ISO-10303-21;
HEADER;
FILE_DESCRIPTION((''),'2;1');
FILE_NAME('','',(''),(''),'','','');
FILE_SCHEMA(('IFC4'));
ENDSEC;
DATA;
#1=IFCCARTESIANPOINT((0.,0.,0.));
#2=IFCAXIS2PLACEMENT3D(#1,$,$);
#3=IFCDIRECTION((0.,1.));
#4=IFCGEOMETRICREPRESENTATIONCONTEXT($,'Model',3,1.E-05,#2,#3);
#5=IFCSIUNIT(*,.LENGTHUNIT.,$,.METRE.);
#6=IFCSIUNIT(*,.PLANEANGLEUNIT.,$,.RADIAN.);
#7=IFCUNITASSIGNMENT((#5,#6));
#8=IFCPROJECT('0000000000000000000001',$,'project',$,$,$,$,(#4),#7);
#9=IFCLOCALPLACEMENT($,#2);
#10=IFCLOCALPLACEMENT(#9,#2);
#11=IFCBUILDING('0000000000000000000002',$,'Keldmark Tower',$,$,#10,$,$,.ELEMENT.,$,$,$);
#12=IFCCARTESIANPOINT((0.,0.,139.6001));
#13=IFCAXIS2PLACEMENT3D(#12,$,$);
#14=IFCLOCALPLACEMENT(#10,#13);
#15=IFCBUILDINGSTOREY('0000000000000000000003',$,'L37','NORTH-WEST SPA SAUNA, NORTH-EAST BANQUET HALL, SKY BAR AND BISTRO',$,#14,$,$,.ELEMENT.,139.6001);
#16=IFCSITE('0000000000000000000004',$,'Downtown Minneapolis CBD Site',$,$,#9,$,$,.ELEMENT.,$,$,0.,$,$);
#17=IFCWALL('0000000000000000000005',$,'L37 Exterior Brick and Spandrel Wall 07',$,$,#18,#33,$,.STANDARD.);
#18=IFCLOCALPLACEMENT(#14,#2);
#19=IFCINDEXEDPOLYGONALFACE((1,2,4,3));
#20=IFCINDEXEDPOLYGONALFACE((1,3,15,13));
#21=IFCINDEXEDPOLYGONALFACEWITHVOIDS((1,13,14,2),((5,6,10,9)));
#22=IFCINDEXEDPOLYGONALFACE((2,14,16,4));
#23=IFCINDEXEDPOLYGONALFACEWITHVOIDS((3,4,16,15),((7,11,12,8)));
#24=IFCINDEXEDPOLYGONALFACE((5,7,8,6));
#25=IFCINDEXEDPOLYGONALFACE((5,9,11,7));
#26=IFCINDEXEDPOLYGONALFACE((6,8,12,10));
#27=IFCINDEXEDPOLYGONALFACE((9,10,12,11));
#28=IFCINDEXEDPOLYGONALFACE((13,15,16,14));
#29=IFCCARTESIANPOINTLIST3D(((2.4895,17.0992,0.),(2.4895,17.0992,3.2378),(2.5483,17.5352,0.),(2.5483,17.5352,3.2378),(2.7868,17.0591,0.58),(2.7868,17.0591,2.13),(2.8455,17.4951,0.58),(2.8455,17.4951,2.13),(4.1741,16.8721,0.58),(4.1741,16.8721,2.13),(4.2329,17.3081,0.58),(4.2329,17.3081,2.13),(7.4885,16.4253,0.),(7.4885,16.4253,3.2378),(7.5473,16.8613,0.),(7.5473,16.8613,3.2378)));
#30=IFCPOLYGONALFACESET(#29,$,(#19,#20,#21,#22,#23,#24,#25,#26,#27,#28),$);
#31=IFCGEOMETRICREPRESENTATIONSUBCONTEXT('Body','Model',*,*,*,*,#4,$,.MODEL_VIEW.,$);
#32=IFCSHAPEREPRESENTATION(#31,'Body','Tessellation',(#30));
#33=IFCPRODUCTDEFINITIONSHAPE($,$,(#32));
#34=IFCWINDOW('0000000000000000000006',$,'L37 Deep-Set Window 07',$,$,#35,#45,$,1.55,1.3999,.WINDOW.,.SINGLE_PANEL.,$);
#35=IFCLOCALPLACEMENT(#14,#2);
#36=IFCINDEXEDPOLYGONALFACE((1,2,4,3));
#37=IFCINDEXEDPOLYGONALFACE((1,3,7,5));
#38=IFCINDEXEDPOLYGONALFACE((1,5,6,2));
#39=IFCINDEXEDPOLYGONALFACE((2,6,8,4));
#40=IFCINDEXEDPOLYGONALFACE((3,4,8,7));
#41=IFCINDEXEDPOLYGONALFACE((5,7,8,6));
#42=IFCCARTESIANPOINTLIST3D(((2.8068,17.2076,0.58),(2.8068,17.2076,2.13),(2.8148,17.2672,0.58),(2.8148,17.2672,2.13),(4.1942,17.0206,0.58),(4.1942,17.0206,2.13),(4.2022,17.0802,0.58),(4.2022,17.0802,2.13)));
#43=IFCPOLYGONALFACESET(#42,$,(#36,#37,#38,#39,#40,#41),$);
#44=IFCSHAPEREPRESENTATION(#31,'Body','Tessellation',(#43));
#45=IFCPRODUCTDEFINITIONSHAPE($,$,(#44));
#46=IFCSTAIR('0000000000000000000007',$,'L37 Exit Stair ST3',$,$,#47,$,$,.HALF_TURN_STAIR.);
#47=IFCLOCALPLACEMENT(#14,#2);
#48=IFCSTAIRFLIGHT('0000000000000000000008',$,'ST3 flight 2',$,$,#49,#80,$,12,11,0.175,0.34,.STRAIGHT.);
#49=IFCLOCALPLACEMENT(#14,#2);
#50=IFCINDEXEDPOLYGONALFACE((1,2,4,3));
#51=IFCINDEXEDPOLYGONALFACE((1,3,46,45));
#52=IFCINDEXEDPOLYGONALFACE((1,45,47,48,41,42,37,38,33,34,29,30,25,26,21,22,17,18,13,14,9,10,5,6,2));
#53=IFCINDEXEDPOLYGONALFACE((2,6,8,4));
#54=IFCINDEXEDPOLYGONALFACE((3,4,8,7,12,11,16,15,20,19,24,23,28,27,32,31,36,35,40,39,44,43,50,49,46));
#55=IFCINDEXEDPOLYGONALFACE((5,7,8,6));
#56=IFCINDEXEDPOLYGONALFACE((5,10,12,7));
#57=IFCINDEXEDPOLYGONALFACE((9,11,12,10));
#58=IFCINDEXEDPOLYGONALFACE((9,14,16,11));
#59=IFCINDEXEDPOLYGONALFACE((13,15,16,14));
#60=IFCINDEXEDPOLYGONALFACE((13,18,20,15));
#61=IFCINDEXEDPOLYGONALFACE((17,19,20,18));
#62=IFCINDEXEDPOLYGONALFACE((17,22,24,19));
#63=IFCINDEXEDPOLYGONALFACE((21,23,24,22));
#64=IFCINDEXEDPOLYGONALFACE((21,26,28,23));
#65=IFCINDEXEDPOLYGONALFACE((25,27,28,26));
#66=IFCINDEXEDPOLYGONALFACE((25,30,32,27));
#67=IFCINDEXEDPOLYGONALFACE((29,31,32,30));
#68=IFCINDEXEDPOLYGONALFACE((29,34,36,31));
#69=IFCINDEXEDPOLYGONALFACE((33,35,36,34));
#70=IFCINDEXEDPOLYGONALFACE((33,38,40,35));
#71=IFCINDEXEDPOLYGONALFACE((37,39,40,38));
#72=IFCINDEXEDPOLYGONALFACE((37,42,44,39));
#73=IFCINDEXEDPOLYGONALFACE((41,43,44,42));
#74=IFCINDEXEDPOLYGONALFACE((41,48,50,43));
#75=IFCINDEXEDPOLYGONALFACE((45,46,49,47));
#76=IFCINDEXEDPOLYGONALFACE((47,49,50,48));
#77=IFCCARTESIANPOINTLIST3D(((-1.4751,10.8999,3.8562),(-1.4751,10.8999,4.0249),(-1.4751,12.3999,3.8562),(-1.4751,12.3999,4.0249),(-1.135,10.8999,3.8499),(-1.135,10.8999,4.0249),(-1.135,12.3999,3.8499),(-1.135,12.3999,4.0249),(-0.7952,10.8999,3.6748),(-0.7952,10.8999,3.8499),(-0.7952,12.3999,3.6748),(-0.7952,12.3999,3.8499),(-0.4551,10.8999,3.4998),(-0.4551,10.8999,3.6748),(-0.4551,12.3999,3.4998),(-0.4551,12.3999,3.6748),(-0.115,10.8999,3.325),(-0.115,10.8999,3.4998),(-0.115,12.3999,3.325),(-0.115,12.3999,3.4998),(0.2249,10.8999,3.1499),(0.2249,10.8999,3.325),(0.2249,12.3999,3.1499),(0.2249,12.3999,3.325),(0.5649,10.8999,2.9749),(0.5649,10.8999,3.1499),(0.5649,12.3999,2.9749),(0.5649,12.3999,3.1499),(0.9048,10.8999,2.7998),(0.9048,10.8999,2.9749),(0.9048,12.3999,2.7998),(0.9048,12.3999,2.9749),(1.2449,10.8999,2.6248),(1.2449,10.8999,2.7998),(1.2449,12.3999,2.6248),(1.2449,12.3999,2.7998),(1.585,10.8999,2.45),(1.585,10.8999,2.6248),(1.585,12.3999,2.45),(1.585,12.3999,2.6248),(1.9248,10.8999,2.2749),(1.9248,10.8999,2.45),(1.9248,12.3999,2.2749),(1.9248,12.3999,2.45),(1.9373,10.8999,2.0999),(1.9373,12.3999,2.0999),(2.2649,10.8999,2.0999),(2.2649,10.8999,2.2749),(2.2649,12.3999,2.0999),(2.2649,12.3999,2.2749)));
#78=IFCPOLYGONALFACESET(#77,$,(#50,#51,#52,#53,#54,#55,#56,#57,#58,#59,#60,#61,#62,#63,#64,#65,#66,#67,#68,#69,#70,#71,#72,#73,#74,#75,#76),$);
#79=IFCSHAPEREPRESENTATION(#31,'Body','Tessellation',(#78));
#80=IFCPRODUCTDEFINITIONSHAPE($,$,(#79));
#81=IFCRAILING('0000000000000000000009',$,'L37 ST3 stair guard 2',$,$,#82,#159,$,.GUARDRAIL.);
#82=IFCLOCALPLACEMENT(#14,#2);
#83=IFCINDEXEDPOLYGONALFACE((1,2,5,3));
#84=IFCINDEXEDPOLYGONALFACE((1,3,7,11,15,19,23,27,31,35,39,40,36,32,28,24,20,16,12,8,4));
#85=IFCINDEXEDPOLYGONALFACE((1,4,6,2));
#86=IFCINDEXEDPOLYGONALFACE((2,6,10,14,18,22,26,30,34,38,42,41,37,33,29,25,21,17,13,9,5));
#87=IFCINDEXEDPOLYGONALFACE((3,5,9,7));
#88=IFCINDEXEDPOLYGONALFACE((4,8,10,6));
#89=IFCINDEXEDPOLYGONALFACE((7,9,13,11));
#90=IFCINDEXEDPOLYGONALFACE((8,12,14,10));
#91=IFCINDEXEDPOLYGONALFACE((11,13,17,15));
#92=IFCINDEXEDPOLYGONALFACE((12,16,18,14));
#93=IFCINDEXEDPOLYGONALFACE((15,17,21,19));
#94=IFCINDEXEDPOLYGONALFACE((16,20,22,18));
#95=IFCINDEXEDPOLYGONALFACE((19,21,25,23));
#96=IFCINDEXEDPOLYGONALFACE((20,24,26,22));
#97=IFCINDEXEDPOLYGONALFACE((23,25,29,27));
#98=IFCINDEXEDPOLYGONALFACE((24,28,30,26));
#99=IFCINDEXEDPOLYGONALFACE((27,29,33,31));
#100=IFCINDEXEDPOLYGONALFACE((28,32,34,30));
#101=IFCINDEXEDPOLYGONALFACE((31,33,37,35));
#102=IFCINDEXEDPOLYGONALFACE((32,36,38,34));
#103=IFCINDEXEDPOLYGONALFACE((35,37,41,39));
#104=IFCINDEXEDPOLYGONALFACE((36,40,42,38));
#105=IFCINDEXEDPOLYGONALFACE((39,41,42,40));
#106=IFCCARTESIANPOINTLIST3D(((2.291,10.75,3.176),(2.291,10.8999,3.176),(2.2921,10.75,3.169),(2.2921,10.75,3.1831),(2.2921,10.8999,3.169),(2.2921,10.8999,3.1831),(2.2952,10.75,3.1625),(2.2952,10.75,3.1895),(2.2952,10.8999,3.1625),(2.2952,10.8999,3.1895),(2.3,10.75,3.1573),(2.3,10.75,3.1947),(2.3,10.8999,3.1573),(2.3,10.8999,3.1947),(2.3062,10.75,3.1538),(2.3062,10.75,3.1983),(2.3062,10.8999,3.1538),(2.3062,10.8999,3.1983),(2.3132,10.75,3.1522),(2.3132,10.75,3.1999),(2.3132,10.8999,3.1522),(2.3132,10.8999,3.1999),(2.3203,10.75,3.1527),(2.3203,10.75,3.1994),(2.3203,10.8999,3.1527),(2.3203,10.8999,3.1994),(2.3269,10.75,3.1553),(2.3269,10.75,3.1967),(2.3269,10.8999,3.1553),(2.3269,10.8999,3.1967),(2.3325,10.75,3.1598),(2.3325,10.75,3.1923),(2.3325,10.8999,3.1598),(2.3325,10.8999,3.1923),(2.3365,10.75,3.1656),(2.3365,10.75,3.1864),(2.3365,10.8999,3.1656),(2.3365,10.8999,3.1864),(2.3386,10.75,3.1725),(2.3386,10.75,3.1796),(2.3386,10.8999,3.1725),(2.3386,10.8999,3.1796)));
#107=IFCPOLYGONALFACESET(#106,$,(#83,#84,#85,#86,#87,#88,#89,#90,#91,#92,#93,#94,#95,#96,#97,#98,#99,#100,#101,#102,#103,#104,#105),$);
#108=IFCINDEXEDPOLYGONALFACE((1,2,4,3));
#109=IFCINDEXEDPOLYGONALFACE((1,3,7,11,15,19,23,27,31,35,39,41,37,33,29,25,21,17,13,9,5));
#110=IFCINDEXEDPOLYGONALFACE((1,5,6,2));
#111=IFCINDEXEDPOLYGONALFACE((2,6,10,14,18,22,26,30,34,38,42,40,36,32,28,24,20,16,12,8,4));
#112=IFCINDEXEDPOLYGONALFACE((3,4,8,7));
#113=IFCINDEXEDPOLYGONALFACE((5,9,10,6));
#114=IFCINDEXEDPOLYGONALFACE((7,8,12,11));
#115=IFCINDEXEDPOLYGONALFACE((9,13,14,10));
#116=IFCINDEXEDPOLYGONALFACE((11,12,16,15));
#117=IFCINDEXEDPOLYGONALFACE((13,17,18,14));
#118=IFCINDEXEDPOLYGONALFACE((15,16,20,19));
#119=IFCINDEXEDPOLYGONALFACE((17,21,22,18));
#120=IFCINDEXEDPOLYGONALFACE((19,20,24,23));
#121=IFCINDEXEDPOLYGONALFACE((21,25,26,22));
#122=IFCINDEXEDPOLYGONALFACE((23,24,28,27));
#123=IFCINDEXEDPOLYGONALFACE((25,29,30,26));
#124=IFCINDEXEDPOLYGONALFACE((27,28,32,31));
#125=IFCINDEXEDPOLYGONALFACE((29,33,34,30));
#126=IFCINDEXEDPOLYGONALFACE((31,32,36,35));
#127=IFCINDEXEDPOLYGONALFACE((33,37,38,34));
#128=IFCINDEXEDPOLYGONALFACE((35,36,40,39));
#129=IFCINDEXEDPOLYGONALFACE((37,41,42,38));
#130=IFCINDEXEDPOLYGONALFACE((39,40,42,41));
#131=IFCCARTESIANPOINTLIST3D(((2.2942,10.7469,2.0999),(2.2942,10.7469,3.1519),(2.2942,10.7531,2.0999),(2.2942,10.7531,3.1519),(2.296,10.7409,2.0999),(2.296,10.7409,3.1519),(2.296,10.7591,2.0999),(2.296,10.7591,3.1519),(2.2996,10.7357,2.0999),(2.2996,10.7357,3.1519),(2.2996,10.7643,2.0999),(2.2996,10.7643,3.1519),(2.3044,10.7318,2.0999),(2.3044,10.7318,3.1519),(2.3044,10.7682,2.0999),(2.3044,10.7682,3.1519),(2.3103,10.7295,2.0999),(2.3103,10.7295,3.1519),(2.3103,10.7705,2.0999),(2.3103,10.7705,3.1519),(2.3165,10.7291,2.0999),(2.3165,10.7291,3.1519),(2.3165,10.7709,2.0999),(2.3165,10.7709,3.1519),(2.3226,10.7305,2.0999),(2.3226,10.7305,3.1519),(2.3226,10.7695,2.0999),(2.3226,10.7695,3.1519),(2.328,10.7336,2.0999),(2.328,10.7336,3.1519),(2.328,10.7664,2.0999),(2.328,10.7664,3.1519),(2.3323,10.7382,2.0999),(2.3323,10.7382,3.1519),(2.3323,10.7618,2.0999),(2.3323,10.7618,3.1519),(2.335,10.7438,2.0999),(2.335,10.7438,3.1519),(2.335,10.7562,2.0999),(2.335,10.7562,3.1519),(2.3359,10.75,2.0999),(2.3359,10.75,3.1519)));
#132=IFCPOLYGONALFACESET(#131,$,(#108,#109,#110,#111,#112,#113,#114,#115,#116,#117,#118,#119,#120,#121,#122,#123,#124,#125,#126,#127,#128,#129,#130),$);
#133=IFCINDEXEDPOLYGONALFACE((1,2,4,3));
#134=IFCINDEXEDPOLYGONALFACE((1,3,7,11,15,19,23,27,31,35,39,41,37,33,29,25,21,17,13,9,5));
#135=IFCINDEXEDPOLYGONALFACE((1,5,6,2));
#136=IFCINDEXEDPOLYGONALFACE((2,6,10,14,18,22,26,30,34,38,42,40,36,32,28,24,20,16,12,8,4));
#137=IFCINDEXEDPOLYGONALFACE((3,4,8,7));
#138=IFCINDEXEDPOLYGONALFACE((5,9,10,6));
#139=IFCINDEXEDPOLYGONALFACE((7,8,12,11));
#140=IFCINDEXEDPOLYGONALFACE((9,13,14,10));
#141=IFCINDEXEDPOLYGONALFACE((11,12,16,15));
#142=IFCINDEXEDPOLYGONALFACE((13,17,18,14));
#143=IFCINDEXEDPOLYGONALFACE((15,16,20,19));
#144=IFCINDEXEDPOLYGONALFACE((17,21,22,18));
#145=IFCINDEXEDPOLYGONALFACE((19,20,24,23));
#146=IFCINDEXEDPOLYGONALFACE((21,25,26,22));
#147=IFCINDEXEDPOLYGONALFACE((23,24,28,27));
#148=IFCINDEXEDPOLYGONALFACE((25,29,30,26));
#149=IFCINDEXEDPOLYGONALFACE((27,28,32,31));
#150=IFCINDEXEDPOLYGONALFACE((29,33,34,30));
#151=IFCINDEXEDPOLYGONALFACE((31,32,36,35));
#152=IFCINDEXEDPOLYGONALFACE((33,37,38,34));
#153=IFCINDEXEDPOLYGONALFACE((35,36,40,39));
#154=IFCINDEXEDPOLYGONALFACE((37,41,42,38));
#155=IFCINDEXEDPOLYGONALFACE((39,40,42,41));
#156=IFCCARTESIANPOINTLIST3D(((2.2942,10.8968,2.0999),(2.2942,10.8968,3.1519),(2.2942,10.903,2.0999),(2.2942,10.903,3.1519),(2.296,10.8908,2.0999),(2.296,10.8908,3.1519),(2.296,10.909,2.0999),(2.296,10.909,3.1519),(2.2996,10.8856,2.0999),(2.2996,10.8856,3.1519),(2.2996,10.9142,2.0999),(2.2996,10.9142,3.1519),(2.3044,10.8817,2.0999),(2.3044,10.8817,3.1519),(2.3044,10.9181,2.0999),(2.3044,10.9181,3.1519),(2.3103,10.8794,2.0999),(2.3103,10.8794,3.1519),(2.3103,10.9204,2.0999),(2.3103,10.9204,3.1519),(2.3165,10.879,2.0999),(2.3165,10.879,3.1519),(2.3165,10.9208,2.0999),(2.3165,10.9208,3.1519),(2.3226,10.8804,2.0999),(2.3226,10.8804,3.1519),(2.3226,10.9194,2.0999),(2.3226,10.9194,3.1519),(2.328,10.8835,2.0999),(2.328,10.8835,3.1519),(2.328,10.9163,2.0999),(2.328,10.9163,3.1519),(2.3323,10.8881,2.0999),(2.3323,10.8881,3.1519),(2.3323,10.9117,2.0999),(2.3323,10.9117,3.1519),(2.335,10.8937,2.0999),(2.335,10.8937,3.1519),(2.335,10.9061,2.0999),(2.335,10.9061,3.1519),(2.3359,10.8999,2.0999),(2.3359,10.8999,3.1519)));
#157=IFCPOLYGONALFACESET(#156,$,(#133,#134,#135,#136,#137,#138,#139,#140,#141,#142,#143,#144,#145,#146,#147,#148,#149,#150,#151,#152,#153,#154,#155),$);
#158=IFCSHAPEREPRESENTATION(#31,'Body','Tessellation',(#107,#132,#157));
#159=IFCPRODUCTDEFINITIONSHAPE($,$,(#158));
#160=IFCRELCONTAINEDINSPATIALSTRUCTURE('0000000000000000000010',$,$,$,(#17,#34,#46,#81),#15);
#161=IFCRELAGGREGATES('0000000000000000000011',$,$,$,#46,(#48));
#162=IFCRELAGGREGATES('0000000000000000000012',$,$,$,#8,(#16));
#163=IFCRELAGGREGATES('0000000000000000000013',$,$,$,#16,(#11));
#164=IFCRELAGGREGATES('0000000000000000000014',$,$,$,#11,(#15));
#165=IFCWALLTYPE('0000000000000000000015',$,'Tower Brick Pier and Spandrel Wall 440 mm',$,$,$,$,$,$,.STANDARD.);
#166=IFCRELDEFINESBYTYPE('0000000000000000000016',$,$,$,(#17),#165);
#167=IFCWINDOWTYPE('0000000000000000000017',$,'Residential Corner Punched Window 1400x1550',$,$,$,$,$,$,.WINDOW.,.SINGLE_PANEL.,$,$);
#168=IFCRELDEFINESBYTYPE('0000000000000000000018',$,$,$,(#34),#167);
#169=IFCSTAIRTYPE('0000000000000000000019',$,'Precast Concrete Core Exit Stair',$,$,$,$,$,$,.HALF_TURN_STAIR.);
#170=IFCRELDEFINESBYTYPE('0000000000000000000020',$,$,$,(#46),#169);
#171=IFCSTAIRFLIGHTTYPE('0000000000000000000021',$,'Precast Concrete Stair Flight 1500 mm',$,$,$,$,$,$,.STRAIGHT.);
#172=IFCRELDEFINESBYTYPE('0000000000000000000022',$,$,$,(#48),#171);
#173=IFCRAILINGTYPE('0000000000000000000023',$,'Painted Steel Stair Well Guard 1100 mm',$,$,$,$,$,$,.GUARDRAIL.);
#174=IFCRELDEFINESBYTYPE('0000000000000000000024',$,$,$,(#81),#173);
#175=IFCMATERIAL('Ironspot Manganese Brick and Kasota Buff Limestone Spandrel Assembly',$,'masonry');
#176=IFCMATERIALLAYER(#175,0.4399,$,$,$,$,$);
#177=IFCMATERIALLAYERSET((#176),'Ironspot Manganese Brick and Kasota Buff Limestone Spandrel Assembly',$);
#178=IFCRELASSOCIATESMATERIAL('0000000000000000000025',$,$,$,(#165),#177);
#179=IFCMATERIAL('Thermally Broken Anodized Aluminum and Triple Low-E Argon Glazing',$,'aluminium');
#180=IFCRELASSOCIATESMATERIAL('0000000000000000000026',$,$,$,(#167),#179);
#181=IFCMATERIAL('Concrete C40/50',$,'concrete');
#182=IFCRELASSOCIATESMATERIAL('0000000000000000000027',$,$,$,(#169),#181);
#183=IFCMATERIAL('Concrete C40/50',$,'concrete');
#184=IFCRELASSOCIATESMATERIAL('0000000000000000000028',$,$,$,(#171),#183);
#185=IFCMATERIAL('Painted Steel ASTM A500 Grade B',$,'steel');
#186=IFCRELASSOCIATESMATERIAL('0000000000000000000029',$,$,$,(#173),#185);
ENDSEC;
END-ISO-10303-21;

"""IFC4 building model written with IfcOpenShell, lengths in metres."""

from ifc_helpers import new_model, si_unit, direction, frame, frame_2d, origin, origin_2d, place, context, subcontext, project, spatial, polyline, rectangle, circle, outline, extrude, material, layer, layer_set, type_object, element, fill, aggregate, save


model = new_model("IFC4")

# Units and contexts
model_context = context("Model", 3, precision=1e-05, world=origin(), true_north=direction((0.0, 1.0)))
body_context = subcontext(model_context, "Body", "Model", "MODEL_VIEW")
ifc_project = project(units=[si_unit("LENGTHUNIT", "METRE"), si_unit("PLANEANGLEUNIT", "RADIAN")], contexts=[model_context])

# Site, building, storey
site_placement = place(None, origin())
site = spatial("IfcSite", under=ifc_project, at=site_placement, Name="Downtown Minneapolis CBD Site", CompositionType="ELEMENT", RefElevation=0.0)
building_placement = place(site_placement, origin())
building = spatial("IfcBuilding", under=site, at=building_placement, Name="Keldmark Tower", CompositionType="ELEMENT")
storey_placement = place(building_placement, frame((0.0, 0.0, 139.6001)))
storey = spatial("IfcBuildingStorey", under=building, at=storey_placement, Name="L37", Description="NORTH-WEST SPA SAUNA, NORTH-EAST BANQUET HALL, SKY BAR AND BISTRO", CompositionType="ELEMENT", Elevation=139.6001)

# Wall, opening, window
ifc_material_1 = material(Name="Ironspot Manganese Brick and Kasota Buff Limestone Spandrel Assembly", Category="masonry")
ifc_layer_1 = layer(ifc_material_1, 0.4399)
ifc_layer_set_1 = layer_set([ifc_layer_1], Name="Ironspot Manganese Brick and Kasota Buff Limestone Spandrel Assembly")
wall_type_1 = type_object("IfcWallType", Name="Tower Brick Pier and Spandrel Wall 440 mm", PredefinedType="STANDARD", material=ifc_layer_set_1)
wall_1_placement = place(storey_placement, frame((2.519, 17.3171, 0.0), z_axis=(0.0, 0.0, 1.0), x_axis=(0.991038, -0.133584, 0.0)))
wall_1 = element("IfcWall", 1, at=wall_1_placement, inside=storey, type_object=wall_type_1, Name="L37 Exterior Brick and Spandrel Wall 07", PredefinedType="STANDARD", context=body_context, shape_type="SweptSolid", body=[
    extrude(rectangle(XDim=5.0442, YDim=0.4399, at=frame_2d((2.522, 0.0))), origin(), (0.0, 0.0, 1.0), 3.2378),
])
opening_placement = place(wall_1_placement, frame((0.2998, 0.0, 0.5801)))
opening = element("IfcOpeningElement", 2, at=opening_placement, cuts=wall_1, PredefinedType="OPENING", context=body_context, shape_type="SweptSolid", body=[
    extrude(rectangle(XDim=1.3999, YDim=1.55, at=frame_2d((0.7, 0.7749))), frame((0.0, 0.23, 0.0), z_axis=(0.0, -1.0, 0.0), x_axis=(1.0, 0.0, 0.0)), (0.0, 0.0, 1.0), 0.46),
])
ifc_material_2 = material(Name="Thermally Broken Anodized Aluminum and Triple Low-E Argon Glazing", Category="aluminium")
window_type = type_object("IfcWindowType", Name="Residential Corner Punched Window 1400x1550", PartitioningType="SINGLE_PANEL", PredefinedType="WINDOW", material=ifc_material_2)
window_placement = place(opening_placement, origin())
window = element("IfcWindow", 3, at=window_placement, inside=storey, type_object=window_type, Name="L37 Deep-Set Window 07", OverallHeight=1.55, OverallWidth=1.3999, PartitioningType="SINGLE_PANEL", PredefinedType="WINDOW", context=body_context, shape_type="SweptSolid", body=[
    extrude(rectangle(XDim=1.3999, YDim=1.55, at=frame_2d((0.7, 0.7749))), frame((0.0, -0.01, 0.0), z_axis=(0.0, -1.0, 0.0), x_axis=(1.0, 0.0, 0.0)), (0.0, 0.0, 1.0), 0.0601),
])
fill(opening, window)

# Stair, stair flight
ifc_material_3 = material(Name="Concrete C40/50", Category="concrete")
stair_type = type_object("IfcStairType", Name="Precast Concrete Core Exit Stair", PredefinedType="HALF_TURN_STAIR", material=ifc_material_3)
stair_placement = place(storey_placement, origin())
stair = element("IfcStair", 4, at=stair_placement, inside=storey, type_object=stair_type, Name="L37 Exit Stair ST3", PredefinedType="HALF_TURN_STAIR")
ifc_material_4 = material(Name="Concrete C40/50", Category="concrete")
stair_flight_type = type_object("IfcStairFlightType", Name="Precast Concrete Stair Flight 1500 mm", PredefinedType="STRAIGHT", material=ifc_material_4)
stair_flight_placement = place(storey_placement, frame((2.2649, 11.6499, 2.0999), z_axis=(0.0, 0.0, 1.0), x_axis=(-1.0, 0.0, 0.0)))
stair_flight = element("IfcStairFlight", 5, at=stair_flight_placement, type_object=stair_flight_type, Name="ST3 flight 2", NumberOfRisers=12, NumberOfTreads=11, PredefinedType="STRAIGHT", RiserHeight=0.175, TreadLength=0.34, context=body_context, shape_type="SweptSolid", body=[
    extrude(outline(polyline([(0.0, 0.0), (0.0, 0.175), (0.3401, 0.175), (0.3401, 0.3501), (0.6799, 0.3501), (0.6799, 0.5249), (1.02, 0.5249), (1.02, 0.7), (1.3601, 0.7), (1.3601, 0.875), (1.7, 0.875), (1.7, 1.05), (2.04, 1.05), (2.04, 1.2251), (2.3799, 1.2251), (2.3799, 1.3999), (2.72, 1.3999), (2.72, 1.575), (3.0601, 1.575), (3.0601, 1.75), (3.3999, 1.75), (3.3999, 1.925), (3.74, 1.925), (3.74, 2.1001), (3.74, 1.7563), (0.3276, 0.0), (0.0, 0.0)])), frame((0.0, 0.75, 0.0), z_axis=(0.0, -1.0, 0.0), x_axis=(1.0, 0.0, 0.0)), (0.0, 0.0, 1.0), 1.5),
])
aggregate(stair, [stair_flight])

# Railing
ifc_material_5 = material(Name="Painted Steel ASTM A500 Grade B", Category="steel")
railing_type_1 = type_object("IfcRailingType", Name="Painted Steel Stair Well Guard 1100 mm", PredefinedType="GUARDRAIL", material=ifc_material_5)
railing_1_placement = place(storey_placement, frame((2.3149, 10.75, 2.0999)))
element("IfcRailing", 6, at=railing_1_placement, inside=storey, type_object=railing_type_1, Name="L37 ST3 stair guard 2", PredefinedType="GUARDRAIL", context=body_context, shape_type="SweptSolid", body=[
    extrude(circle(Radius=0.0239, at=origin_2d()), frame((0.0, 0.0, 1.0762), z_axis=(0.0, 1.0, 0.0), x_axis=(-1.0, 0.0, 0.0)), (0.0, 0.0, 1.0), 0.1499),
    extrude(circle(Radius=0.021, at=origin_2d()), origin(), (0.0, 0.0, 1.0), 1.052),
    extrude(circle(Radius=0.021, at=origin_2d()), frame((0.0, 0.1499, 0.0)), (0.0, 0.0, 1.0), 1.052),
])

save(model, "model.ifc")
